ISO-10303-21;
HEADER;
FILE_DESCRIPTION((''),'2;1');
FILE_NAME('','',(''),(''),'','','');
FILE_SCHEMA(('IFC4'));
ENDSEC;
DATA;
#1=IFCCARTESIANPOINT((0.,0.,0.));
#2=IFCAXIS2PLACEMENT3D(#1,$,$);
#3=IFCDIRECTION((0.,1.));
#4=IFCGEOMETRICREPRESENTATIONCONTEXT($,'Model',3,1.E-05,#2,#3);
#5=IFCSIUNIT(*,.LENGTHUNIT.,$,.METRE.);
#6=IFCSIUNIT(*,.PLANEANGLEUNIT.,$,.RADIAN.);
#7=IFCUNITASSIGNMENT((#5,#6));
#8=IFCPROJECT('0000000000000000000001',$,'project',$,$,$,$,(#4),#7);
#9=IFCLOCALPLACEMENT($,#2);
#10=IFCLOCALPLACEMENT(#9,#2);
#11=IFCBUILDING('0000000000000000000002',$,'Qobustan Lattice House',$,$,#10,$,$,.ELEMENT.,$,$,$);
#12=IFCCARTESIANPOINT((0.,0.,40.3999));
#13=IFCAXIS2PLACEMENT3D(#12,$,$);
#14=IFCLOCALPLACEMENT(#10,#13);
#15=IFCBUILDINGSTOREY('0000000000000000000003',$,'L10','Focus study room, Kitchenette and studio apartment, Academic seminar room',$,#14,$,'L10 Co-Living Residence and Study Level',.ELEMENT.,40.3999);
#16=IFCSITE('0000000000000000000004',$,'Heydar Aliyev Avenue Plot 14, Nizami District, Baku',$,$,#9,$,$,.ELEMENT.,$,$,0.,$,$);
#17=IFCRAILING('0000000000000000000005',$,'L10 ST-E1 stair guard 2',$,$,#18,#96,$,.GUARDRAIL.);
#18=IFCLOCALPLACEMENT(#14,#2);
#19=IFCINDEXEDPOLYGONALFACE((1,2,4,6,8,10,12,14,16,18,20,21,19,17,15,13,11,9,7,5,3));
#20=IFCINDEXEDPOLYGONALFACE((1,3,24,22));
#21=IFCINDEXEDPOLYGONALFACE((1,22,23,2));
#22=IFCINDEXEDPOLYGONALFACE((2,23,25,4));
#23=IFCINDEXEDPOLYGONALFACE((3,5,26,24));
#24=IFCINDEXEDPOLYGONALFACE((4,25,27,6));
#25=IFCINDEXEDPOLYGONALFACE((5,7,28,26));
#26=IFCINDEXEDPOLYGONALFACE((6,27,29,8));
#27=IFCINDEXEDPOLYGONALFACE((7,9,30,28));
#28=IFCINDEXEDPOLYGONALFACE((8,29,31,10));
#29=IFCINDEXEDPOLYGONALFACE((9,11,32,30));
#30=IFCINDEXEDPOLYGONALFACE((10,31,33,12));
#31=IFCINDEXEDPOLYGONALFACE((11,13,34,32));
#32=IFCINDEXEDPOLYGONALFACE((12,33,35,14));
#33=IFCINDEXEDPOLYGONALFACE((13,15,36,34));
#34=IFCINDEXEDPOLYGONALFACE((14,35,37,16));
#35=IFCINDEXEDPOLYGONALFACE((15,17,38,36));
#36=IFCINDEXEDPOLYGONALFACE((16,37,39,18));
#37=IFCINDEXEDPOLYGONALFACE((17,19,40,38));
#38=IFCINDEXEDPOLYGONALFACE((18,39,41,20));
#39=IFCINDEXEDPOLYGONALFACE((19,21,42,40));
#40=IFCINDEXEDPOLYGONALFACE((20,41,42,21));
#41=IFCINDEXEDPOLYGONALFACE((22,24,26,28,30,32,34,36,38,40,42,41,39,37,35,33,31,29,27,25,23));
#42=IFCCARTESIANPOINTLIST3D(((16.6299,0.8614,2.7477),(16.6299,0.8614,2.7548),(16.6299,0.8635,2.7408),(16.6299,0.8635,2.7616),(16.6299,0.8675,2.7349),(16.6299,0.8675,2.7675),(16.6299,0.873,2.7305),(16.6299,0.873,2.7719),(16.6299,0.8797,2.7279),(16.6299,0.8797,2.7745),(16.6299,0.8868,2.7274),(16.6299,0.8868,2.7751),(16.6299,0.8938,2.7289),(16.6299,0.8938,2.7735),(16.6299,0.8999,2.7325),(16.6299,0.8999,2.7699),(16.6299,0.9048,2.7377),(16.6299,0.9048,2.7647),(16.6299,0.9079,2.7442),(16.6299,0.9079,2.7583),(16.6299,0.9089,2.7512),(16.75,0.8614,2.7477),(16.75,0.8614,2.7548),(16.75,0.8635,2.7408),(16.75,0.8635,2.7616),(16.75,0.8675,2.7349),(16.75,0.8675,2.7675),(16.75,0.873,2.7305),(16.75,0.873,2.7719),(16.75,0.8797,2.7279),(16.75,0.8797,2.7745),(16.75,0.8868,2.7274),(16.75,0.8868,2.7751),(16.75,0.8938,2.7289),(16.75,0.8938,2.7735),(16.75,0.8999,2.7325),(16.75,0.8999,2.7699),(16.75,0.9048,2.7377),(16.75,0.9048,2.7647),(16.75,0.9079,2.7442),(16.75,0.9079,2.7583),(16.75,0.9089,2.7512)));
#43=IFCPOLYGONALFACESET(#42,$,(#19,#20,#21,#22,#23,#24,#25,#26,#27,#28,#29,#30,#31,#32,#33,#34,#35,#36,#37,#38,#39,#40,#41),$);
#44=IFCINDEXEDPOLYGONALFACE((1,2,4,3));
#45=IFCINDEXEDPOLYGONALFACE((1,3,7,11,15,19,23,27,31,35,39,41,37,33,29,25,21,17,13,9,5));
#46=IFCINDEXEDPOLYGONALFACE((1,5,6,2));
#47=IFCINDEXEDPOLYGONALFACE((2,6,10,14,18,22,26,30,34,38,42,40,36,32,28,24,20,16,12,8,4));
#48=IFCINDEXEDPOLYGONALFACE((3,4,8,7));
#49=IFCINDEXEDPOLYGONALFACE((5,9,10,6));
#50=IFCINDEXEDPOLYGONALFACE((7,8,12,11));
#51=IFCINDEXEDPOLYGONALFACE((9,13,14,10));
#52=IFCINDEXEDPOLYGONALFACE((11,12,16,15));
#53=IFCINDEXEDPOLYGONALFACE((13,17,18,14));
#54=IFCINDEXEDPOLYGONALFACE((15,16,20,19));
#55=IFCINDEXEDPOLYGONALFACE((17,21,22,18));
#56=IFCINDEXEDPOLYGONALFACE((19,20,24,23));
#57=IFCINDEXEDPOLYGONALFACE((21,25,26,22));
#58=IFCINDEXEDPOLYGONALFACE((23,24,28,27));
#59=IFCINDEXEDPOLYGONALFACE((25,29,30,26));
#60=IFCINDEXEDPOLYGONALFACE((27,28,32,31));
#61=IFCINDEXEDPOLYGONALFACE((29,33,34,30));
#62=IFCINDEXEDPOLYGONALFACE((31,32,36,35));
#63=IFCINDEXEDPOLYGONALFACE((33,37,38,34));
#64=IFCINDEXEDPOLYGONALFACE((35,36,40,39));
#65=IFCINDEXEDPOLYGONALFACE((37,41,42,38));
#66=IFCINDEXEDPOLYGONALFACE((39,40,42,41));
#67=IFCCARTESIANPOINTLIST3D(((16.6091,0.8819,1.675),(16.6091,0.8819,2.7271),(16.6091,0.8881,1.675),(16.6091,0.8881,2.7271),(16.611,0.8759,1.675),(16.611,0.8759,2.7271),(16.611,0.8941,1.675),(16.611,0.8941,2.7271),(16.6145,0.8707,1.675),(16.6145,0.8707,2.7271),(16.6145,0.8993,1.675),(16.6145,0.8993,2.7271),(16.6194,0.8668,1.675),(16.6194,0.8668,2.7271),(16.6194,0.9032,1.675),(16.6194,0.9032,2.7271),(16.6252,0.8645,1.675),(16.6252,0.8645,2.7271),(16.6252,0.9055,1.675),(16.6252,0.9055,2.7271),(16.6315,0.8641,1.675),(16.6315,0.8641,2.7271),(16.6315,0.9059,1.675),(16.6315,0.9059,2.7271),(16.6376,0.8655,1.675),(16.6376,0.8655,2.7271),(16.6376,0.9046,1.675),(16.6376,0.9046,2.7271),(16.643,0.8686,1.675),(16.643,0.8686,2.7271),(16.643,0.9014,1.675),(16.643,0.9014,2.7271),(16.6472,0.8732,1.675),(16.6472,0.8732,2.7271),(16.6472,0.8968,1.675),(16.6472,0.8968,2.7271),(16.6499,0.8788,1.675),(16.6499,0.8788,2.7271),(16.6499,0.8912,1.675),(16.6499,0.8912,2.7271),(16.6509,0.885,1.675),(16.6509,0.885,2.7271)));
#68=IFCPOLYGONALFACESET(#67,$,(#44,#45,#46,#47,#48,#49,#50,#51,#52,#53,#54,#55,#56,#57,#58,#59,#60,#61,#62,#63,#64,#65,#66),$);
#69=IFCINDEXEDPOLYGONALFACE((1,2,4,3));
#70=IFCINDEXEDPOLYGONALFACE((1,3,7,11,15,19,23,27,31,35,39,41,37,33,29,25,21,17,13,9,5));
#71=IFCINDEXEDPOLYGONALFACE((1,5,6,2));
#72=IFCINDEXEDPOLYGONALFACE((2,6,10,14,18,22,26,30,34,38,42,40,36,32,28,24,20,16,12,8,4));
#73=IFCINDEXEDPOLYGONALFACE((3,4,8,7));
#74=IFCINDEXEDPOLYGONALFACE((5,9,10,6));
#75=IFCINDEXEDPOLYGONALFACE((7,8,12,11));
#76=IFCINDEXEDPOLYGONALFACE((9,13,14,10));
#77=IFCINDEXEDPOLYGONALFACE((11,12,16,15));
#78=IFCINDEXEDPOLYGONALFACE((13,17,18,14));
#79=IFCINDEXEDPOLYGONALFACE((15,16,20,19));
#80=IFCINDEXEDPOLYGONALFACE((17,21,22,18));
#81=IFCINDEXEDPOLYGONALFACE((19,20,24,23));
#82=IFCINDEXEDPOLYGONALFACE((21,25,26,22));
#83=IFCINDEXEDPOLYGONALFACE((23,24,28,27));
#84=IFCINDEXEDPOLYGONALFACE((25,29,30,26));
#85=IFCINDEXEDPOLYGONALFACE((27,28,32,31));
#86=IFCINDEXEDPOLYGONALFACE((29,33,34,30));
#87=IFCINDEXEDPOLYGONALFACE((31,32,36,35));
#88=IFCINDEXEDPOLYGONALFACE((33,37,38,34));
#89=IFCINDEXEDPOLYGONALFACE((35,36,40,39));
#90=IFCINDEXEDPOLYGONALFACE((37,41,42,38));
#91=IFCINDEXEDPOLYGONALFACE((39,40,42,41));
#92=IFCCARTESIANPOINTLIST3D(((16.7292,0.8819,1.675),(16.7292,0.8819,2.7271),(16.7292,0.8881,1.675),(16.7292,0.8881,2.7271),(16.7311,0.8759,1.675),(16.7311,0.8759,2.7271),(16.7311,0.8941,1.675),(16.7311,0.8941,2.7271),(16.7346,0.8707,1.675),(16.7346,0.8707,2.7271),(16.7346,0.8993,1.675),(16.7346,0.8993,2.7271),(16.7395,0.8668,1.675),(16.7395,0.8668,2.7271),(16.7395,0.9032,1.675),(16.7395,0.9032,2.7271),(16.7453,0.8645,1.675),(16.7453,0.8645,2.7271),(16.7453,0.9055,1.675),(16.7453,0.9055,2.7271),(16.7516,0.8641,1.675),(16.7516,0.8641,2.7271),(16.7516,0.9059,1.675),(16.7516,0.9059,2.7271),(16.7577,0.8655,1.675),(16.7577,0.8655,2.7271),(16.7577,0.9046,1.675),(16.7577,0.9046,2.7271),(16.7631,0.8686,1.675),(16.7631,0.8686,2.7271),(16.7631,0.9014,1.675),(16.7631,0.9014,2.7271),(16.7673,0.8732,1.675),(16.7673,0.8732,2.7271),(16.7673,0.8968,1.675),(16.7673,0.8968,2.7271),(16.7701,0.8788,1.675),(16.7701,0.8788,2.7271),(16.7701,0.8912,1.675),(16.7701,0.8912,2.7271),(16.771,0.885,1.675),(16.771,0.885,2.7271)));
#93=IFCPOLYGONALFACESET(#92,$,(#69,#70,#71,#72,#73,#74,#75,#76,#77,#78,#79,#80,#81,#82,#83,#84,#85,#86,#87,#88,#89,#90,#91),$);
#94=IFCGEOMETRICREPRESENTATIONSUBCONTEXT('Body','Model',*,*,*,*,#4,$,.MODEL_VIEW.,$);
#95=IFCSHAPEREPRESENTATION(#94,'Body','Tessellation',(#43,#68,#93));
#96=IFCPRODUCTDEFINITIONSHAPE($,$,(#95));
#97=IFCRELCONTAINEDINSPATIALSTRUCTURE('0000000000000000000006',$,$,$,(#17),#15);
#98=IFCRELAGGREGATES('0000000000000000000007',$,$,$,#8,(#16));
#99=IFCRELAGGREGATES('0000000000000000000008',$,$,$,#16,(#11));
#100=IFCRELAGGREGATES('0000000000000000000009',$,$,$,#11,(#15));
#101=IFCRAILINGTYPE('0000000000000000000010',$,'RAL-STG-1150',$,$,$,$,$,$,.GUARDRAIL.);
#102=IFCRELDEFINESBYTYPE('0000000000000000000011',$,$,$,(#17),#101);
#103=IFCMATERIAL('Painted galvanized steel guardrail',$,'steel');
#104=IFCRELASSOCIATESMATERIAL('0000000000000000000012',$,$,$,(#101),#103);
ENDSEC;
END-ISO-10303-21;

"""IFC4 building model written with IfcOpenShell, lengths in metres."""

from ifc_helpers import new_model, si_unit, direction, frame, origin, origin_2d, place, context, subcontext, project, spatial, circle, extrude, material, type_object, element, save


model = new_model("IFC4")

# Units and contexts
model_context = context("Model", 3, precision=1e-05, world=origin(), true_north=direction((0.0, 1.0)))
body_context = subcontext(model_context, "Body", "Model", "MODEL_VIEW")
ifc_project = project(units=[si_unit("LENGTHUNIT", "METRE"), si_unit("PLANEANGLEUNIT", "RADIAN")], contexts=[model_context])

# Site, building, storey
site_placement = place(None, origin())
site = spatial("IfcSite", under=ifc_project, at=site_placement, Name="Heydar Aliyev Avenue Plot 14, Nizami District, Baku", CompositionType="ELEMENT", RefElevation=0.0)
building_placement = place(site_placement, origin())
building = spatial("IfcBuilding", under=site, at=building_placement, Name="Qobustan Lattice House", CompositionType="ELEMENT")
storey_placement = place(building_placement, frame((0.0, 0.0, 40.3999)))
storey = spatial("IfcBuildingStorey", under=building, at=storey_placement, Name="L10", Description="Focus study room, Kitchenette and studio apartment, Academic seminar room", LongName="L10 Co-Living Residence and Study Level", CompositionType="ELEMENT", Elevation=40.3999)

# Railing
ifc_material_1 = material(Name="Painted galvanized steel guardrail", Category="steel")
railing_type_1 = type_object("IfcRailingType", Name="RAL-STG-1150", PredefinedType="GUARDRAIL", material=ifc_material_1)
railing_1_placement = place(storey_placement, frame((16.6299, 0.885, 1.675)))
element("IfcRailing", 1, at=railing_1_placement, inside=storey, type_object=railing_type_1, Name="L10 ST-E1 stair guard 2", PredefinedType="GUARDRAIL", context=body_context, shape_type="SweptSolid", body=[
    extrude(circle(Radius=0.0239, at=origin_2d()), frame((0.0, 0.0, 1.0762), z_axis=(1.0, 0.0, 0.0), x_axis=(0.0, 1.0, 0.0)), (0.0, 0.0, 1.0), 0.1201),
    extrude(circle(Radius=0.021, at=origin_2d()), origin(), (0.0, 0.0, 1.0), 1.052),
    extrude(circle(Radius=0.021, at=origin_2d()), frame((0.1201, 0.0, 0.0)), (0.0, 0.0, 1.0), 1.052),
])

save(model, "model.ifc")
